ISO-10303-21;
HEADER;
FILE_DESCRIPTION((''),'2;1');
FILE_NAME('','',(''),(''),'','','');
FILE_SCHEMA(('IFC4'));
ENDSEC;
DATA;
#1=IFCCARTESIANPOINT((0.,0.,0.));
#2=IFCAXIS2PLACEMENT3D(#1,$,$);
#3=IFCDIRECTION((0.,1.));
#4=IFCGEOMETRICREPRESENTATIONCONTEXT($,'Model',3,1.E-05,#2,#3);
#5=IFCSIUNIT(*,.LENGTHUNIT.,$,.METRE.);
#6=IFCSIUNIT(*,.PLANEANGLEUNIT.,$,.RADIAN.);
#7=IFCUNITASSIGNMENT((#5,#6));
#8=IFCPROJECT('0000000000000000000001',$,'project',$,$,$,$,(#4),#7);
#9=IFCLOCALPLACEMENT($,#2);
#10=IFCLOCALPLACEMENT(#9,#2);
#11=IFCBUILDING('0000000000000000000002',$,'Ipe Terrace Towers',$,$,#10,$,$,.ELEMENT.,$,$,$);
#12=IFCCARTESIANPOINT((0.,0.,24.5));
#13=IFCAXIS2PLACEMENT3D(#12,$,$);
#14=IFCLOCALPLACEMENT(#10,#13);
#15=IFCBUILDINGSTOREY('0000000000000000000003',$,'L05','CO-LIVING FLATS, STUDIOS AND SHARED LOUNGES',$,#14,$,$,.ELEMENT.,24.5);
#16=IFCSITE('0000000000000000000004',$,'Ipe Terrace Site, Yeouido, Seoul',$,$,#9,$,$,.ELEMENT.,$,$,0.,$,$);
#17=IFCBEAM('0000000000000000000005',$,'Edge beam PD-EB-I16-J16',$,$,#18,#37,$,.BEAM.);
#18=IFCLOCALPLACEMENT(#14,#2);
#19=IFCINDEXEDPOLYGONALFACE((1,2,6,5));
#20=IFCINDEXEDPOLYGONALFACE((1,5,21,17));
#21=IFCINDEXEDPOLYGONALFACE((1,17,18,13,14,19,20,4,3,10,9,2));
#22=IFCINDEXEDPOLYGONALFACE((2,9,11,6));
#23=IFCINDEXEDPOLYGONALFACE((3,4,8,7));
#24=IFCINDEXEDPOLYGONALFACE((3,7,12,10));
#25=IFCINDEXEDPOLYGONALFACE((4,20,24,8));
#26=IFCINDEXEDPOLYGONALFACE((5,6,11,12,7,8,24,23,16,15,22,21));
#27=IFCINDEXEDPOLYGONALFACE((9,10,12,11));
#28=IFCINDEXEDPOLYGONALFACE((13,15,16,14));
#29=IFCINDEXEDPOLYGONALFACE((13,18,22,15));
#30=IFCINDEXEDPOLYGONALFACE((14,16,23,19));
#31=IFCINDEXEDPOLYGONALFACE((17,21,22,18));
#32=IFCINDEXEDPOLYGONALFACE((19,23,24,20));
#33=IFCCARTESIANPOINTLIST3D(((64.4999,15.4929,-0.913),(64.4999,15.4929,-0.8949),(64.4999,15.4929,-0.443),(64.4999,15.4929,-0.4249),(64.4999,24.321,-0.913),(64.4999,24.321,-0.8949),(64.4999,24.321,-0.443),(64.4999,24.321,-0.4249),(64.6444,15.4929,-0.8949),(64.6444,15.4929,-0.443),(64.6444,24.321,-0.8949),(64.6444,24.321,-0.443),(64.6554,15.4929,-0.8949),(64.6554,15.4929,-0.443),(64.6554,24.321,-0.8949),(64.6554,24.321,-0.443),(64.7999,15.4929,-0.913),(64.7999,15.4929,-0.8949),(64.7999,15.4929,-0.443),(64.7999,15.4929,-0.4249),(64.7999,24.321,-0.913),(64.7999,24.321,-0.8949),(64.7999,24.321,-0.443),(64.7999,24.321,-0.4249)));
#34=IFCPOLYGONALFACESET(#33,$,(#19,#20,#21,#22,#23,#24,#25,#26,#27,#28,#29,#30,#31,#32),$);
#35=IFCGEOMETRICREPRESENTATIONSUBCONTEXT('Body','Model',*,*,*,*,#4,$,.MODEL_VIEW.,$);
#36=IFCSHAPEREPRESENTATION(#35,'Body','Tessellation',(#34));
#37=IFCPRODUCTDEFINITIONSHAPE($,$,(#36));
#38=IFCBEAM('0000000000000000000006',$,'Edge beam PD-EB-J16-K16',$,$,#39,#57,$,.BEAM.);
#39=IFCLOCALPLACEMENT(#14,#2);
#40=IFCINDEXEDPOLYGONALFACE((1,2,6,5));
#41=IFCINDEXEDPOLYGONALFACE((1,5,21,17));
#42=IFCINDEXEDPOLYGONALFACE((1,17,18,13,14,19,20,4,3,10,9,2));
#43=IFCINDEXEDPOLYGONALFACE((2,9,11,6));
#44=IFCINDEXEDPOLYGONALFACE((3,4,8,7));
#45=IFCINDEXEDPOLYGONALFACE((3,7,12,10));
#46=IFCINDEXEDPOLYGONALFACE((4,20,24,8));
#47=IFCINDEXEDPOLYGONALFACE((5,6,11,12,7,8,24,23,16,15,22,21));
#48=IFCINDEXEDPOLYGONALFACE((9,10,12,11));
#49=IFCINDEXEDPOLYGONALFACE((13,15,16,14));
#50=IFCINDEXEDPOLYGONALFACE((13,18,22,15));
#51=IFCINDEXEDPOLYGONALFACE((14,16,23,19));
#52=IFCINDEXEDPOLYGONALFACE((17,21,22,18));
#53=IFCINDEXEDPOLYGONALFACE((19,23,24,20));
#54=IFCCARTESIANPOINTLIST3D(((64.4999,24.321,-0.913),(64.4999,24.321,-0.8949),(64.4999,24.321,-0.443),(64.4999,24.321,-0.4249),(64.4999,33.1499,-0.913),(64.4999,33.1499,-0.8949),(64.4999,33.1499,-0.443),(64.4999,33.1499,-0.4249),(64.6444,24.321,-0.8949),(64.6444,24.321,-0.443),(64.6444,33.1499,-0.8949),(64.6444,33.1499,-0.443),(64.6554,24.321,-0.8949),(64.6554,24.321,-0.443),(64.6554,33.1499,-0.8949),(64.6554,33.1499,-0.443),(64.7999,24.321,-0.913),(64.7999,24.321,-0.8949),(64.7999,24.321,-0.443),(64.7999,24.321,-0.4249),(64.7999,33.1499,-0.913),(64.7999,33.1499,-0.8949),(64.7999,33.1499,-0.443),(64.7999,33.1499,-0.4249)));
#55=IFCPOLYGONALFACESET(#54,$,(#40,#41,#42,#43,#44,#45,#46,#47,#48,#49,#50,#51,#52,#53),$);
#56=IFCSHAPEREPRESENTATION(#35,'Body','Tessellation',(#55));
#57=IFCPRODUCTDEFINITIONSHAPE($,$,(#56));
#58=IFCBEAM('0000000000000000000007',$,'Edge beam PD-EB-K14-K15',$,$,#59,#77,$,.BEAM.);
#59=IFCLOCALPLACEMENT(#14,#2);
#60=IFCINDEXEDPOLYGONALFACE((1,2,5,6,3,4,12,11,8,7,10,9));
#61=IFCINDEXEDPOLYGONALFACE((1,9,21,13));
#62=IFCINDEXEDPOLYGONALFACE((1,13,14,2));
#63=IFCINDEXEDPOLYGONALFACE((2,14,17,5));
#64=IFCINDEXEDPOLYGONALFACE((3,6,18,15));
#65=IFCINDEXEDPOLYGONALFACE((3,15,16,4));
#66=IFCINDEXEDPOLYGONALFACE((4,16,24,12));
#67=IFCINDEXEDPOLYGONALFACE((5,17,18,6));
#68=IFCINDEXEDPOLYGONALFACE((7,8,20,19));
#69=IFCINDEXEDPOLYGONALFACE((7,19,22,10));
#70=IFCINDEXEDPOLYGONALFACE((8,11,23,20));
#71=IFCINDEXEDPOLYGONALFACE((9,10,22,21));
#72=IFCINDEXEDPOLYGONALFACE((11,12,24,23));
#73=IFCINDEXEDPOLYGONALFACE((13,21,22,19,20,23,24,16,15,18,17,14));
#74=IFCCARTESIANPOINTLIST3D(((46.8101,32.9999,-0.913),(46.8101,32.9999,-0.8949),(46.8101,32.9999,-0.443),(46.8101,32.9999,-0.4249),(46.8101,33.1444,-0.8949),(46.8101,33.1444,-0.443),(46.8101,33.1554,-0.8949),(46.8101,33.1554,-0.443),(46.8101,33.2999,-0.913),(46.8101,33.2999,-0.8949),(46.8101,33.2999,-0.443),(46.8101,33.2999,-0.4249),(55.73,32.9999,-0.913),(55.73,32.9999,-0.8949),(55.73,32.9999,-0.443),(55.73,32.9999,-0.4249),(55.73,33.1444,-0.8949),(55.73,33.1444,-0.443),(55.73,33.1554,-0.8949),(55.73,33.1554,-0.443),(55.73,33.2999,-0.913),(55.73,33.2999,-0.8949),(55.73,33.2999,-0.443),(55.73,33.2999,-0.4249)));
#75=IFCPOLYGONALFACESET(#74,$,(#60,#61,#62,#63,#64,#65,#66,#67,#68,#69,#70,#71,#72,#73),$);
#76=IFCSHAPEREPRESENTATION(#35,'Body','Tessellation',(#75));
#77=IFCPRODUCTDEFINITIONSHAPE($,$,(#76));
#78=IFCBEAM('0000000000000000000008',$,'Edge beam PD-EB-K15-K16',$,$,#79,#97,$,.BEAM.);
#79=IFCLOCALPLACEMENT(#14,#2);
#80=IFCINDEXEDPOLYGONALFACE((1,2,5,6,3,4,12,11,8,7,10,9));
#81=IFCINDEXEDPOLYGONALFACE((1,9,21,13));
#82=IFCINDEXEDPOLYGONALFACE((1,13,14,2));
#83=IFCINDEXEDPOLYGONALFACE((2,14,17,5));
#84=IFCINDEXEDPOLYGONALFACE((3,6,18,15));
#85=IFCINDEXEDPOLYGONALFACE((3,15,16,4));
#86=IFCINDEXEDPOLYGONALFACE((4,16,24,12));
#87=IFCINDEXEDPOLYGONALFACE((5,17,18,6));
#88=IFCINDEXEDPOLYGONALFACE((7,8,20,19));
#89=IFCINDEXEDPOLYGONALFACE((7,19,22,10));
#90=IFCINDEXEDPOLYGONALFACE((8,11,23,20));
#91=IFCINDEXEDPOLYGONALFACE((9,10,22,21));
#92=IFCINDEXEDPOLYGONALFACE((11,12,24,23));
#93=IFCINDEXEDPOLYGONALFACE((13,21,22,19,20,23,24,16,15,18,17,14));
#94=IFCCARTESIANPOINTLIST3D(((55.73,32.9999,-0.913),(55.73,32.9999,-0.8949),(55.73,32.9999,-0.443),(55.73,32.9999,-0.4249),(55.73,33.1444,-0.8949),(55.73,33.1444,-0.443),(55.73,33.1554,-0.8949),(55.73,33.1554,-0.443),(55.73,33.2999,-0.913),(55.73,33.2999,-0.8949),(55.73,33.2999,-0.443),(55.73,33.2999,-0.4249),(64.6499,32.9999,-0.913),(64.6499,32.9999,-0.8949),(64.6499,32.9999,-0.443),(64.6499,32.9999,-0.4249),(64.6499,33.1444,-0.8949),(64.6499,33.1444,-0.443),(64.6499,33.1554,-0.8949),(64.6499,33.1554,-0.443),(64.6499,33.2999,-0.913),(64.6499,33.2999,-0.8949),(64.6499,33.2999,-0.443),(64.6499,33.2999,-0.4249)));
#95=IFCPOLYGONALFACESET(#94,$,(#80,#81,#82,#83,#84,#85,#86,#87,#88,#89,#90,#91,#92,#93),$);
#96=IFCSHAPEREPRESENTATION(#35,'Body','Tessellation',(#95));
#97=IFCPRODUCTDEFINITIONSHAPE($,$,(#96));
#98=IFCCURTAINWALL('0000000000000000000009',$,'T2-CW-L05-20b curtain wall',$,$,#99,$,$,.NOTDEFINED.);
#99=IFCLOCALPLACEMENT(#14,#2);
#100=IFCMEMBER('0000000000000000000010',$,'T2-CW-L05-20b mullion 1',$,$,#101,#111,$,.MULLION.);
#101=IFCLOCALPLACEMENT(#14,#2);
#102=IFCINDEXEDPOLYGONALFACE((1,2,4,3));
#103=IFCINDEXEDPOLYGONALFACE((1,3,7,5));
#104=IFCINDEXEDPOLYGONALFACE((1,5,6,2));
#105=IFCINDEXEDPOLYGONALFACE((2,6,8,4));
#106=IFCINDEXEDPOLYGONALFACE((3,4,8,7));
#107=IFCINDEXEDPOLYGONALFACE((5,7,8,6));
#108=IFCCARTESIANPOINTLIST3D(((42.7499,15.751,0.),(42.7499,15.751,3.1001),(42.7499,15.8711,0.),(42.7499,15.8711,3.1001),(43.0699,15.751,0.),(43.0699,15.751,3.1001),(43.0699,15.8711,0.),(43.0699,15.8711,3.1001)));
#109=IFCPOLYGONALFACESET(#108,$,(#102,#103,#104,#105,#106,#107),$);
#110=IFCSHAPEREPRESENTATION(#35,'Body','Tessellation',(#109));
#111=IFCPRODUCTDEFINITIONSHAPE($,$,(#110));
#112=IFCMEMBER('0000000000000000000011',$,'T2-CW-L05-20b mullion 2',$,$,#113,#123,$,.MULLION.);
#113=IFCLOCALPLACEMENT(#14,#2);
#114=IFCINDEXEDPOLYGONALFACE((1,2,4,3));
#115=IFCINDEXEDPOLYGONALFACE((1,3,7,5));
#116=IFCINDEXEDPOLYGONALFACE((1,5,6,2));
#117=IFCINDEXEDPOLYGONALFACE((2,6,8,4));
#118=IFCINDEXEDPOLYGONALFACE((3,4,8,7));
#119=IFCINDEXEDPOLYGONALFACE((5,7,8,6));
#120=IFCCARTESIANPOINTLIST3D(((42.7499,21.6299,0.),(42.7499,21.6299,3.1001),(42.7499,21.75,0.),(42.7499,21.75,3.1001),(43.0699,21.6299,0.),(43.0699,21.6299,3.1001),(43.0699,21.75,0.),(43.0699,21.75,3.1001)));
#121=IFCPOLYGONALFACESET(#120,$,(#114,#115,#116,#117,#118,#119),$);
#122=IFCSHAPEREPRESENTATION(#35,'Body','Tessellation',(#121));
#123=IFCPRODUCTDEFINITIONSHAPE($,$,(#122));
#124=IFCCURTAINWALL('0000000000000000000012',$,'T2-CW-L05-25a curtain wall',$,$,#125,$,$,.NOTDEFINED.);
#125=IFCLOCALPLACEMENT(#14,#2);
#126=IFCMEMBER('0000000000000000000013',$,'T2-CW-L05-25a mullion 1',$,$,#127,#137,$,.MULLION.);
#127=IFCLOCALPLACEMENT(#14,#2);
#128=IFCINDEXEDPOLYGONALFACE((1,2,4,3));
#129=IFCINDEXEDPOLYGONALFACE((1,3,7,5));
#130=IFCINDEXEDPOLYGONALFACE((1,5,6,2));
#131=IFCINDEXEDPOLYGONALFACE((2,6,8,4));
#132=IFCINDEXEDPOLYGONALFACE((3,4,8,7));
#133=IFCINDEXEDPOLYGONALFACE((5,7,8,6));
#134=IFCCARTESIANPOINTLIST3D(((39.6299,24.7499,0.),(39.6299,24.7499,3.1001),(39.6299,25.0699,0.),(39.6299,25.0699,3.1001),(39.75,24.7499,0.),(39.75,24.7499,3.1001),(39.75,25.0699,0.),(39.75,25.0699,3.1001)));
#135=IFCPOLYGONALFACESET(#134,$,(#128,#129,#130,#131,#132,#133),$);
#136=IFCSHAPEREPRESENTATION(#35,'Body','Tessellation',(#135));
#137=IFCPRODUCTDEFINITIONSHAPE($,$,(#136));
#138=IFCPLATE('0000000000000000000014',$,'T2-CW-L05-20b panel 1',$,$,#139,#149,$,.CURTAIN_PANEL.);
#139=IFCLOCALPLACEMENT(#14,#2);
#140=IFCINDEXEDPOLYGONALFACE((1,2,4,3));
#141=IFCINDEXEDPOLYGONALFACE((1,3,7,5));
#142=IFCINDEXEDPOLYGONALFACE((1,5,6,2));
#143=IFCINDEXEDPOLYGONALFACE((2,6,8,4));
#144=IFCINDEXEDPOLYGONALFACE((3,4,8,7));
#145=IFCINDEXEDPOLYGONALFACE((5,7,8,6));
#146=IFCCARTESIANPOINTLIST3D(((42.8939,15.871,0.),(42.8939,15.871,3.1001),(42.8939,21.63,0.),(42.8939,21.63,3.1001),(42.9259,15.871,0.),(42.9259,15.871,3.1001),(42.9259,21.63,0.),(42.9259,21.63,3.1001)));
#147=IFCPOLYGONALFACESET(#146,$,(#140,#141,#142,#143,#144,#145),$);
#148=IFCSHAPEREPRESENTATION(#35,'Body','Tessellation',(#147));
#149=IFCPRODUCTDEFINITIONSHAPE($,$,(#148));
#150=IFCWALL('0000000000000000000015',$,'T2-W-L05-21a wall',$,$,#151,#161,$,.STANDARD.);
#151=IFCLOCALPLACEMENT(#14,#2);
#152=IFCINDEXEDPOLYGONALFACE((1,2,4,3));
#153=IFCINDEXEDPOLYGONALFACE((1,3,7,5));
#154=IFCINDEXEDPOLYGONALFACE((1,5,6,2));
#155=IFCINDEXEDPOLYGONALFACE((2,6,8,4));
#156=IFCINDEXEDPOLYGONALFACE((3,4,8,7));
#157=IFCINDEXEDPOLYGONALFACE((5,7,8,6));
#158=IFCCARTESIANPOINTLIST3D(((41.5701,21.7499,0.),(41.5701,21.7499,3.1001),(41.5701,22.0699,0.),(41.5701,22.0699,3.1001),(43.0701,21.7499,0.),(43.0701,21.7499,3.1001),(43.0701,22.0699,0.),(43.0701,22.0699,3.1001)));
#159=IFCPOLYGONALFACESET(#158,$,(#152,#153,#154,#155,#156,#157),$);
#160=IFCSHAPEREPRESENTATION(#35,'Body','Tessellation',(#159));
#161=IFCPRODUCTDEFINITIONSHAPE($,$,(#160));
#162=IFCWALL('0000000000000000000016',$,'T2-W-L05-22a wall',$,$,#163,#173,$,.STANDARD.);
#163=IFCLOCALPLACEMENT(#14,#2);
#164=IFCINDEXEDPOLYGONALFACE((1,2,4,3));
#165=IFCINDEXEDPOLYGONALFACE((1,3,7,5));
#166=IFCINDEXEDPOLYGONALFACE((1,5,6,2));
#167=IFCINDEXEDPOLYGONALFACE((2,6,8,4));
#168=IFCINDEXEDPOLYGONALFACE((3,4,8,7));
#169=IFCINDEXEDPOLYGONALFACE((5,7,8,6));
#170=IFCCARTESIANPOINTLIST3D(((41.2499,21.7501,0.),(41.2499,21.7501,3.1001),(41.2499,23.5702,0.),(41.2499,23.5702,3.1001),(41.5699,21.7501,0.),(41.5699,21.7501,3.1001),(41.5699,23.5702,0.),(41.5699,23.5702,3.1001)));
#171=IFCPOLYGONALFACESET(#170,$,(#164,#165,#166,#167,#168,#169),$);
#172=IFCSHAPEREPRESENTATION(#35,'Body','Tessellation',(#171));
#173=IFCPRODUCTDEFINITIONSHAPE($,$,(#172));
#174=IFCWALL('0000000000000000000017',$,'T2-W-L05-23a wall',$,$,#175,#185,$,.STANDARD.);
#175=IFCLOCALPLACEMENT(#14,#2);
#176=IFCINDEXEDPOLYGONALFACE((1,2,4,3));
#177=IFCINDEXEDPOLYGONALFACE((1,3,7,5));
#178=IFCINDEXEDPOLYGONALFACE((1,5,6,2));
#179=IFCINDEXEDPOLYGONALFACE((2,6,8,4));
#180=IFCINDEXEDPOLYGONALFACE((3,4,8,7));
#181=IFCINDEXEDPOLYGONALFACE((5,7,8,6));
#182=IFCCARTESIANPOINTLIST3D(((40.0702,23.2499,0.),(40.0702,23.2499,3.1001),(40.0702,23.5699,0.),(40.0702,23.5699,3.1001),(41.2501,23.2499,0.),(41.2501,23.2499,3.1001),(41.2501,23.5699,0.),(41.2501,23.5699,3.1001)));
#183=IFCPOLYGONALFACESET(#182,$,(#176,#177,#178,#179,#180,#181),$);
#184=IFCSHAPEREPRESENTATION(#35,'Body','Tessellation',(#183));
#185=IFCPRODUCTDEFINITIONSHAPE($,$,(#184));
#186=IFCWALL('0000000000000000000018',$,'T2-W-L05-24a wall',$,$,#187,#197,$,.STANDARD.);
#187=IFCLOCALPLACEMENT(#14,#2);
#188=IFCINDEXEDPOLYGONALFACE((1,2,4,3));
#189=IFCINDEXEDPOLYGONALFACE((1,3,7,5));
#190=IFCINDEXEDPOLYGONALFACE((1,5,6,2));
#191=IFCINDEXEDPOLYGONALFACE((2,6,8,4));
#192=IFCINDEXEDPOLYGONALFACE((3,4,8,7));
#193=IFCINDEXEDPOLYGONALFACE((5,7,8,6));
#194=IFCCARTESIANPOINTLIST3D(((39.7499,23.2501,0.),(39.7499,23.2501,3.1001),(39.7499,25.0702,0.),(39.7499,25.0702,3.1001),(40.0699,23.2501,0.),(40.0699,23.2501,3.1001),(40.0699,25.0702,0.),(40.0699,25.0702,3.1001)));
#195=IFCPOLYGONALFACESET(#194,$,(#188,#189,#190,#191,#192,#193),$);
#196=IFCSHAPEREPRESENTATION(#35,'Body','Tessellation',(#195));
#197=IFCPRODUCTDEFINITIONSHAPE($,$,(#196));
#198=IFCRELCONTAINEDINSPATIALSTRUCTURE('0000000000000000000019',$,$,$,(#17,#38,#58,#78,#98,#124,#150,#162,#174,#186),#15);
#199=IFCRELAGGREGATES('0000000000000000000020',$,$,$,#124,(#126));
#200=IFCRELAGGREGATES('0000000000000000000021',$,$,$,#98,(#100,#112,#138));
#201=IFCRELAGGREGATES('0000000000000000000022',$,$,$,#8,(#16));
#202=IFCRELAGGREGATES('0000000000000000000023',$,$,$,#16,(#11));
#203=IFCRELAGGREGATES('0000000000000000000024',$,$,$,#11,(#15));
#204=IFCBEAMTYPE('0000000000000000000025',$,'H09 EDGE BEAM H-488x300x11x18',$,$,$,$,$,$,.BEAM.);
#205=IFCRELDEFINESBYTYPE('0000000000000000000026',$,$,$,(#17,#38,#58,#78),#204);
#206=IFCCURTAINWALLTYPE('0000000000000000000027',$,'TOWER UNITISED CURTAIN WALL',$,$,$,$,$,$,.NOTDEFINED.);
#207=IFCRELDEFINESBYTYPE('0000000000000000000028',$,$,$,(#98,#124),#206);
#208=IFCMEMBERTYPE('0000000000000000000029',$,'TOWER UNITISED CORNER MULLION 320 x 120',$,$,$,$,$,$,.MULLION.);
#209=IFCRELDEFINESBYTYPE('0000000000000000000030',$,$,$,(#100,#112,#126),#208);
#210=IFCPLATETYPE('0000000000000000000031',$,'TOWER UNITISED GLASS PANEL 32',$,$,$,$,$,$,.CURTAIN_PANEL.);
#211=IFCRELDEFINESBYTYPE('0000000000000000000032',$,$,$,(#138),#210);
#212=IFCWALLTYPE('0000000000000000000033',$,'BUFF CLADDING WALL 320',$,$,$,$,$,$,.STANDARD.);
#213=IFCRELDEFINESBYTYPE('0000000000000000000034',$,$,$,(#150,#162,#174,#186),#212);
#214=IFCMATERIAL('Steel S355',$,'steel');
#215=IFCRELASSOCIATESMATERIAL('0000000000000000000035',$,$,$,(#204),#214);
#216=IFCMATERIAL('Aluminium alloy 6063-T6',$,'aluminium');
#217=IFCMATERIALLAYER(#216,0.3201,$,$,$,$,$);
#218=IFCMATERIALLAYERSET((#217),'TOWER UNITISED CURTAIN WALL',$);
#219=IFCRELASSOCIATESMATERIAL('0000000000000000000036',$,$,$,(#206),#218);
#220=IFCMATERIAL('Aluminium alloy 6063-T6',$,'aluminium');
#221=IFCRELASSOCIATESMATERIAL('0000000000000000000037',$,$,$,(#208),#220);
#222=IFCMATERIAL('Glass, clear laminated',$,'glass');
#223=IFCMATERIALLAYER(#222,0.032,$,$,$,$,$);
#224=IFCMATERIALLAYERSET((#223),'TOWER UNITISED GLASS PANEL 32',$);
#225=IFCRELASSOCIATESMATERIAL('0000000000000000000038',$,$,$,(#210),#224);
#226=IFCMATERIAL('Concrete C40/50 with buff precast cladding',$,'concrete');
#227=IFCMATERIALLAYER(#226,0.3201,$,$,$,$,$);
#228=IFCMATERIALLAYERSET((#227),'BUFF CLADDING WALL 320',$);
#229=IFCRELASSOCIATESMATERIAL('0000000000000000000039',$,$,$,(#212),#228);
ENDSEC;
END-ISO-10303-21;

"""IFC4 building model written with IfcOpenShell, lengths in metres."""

from ifc_helpers import new_model, si_unit, direction, frame, frame_2d, origin, origin_2d, place, context, subcontext, project, spatial, rectangle, i_section, extrude, material, layer, layer_set, material_profile, profile_set, type_object, element, aggregate, save


model = new_model("IFC4")

# Units and contexts
model_context = context("Model", 3, precision=1e-05, world=origin(), true_north=direction((0.0, 1.0)))
body_context = subcontext(model_context, "Body", "Model", "MODEL_VIEW")
ifc_project = project(units=[si_unit("LENGTHUNIT", "METRE"), si_unit("PLANEANGLEUNIT", "RADIAN")], contexts=[model_context])

# Site, building, storey
site_placement = place(None, origin())
site = spatial("IfcSite", under=ifc_project, at=site_placement, Name="Ipe Terrace Site, Yeouido, Seoul", CompositionType="ELEMENT", RefElevation=0.0)
building_placement = place(site_placement, origin())
building = spatial("IfcBuilding", under=site, at=building_placement, Name="Ipe Terrace Towers", CompositionType="ELEMENT")
storey_placement = place(building_placement, frame((0.0, 0.0, 24.5)))
storey = spatial("IfcBuildingStorey", under=building, at=storey_placement, Name="L05", Description="CO-LIVING FLATS, STUDIOS AND SHARED LOUNGES", CompositionType="ELEMENT", Elevation=24.5)

# Beams
ifc_material_1 = material(Name="Steel S355", Category="steel")
ifc_material_profile_1 = material_profile(ifc_material_1, i_section(OverallWidth=0.3, OverallDepth=0.488, WebThickness=0.011, FlangeThickness=0.0181, at=origin_2d()), Name="H-488x300x11x18")
ifc_profile_set_1 = profile_set([ifc_material_profile_1], Name="Steel S355")
beam_type_1 = type_object("IfcBeamType", Name="H09 EDGE BEAM H-488x300x11x18", PredefinedType="BEAM", material=ifc_profile_set_1)
beam_1_placement = place(storey_placement, frame((64.6499, 15.4929, -0.6689), z_axis=(0.0, 1.0, 0.0), x_axis=(-1.0, 0.0, 0.0)))
element("IfcBeam", 1, at=beam_1_placement, inside=storey, type_object=beam_type_1, Name="Edge beam PD-EB-I16-J16", PredefinedType="BEAM", context=body_context, shape_type="SweptSolid", body=[
    extrude(i_section(OverallWidth=0.3, OverallDepth=0.488, WebThickness=0.011, FlangeThickness=0.0181, at=origin_2d()), origin(), (0.0, 0.0, 1.0), 8.8281),
])
beam_2_placement = place(storey_placement, frame((64.6499, 24.321, -0.6689), z_axis=(0.0, 1.0, 0.0), x_axis=(-1.0, 0.0, 0.0)))
element("IfcBeam", 2, at=beam_2_placement, inside=storey, type_object=beam_type_1, Name="Edge beam PD-EB-J16-K16", PredefinedType="BEAM", context=body_context, shape_type="SweptSolid", body=[
    extrude(i_section(OverallWidth=0.3, OverallDepth=0.488, WebThickness=0.011, FlangeThickness=0.0181, at=origin_2d()), origin(), (0.0, 0.0, 1.0), 8.8289),
])
for number, where, z_axis, x_axis, name in (
    (3, (46.8101, 33.1499, -0.6689), (1.0, 0.0, 0.0), (0.0, 1.0, 0.0), "Edge beam PD-EB-K14-K15"),
    (4, (55.73, 33.1499, -0.6689), (1.0, 0.0, 0.0), (0.0, 1.0, 0.0), "Edge beam PD-EB-K15-K16"),
):
    element("IfcBeam", number, at=place(storey_placement, frame(where, z_axis=z_axis, x_axis=x_axis)), inside=storey, type_object=beam_type_1, Name=name, PredefinedType="BEAM", context=body_context, shape_type="SweptSolid", body=[
        extrude(i_section(OverallWidth=0.3, OverallDepth=0.488, WebThickness=0.011, FlangeThickness=0.0181, at=origin_2d()), origin(), (0.0, 0.0, 1.0), 8.9199),
    ])

# Curtain wall, members
ifc_material_2 = material(Name="Aluminium alloy 6063-T6", Category="aluminium")
ifc_layer_1 = layer(ifc_material_2, 0.3201)
ifc_layer_set_1 = layer_set([ifc_layer_1], Name="TOWER UNITISED CURTAIN WALL")
curtain_wall_type = type_object("IfcCurtainWallType", Name="TOWER UNITISED CURTAIN WALL", PredefinedType="NOTDEFINED", material=ifc_layer_set_1)
curtain_wall_1_placement = place(storey_placement, origin())
curtain_wall_1 = element("IfcCurtainWall", 5, at=curtain_wall_1_placement, inside=storey, type_object=curtain_wall_type, Name="T2-CW-L05-20b curtain wall", PredefinedType="NOTDEFINED")
ifc_material_3 = material(Name="Aluminium alloy 6063-T6", Category="aluminium")
ifc_material_profile_2 = material_profile(ifc_material_3, rectangle(XDim=0.3201, YDim=0.1201, at=origin_2d()), Name="TOWER UNITISED CORNER MULLION 320 x 120")
ifc_profile_set_2 = profile_set([ifc_material_profile_2], Name="Aluminium alloy 6063-T6")
member_type = type_object("IfcMemberType", Name="TOWER UNITISED CORNER MULLION 320 x 120", PredefinedType="MULLION", material=ifc_profile_set_2)
member_1_placement = place(storey_placement, frame((42.9099, 15.811, 0.0), z_axis=(0.0, 0.0, 1.0), x_axis=(1.0, 0.0, 0.0)))
member_1 = element("IfcMember", 6, at=member_1_placement, type_object=member_type, Name="T2-CW-L05-20b mullion 1", PredefinedType="MULLION", context=body_context, shape_type="SweptSolid", body=[
    extrude(rectangle(XDim=0.3201, YDim=0.1201, at=origin_2d()), origin(), (0.0, 0.0, 1.0), 3.1001),
])
member_2_placement = place(storey_placement, frame((42.9099, 21.6899, 0.0), z_axis=(0.0, 0.0, 1.0), x_axis=(1.0, 0.0, 0.0)))
member_2 = element("IfcMember", 7, at=member_2_placement, type_object=member_type, Name="T2-CW-L05-20b mullion 2", PredefinedType="MULLION", context=body_context, shape_type="SweptSolid", body=[
    extrude(rectangle(XDim=0.3201, YDim=0.1201, at=origin_2d()), origin(), (0.0, 0.0, 1.0), 3.1001),
])

# Curtain wall, member
curtain_wall_2_placement = place(storey_placement, origin())
curtain_wall_2 = element("IfcCurtainWall", 8, at=curtain_wall_2_placement, inside=storey, type_object=curtain_wall_type, Name="T2-CW-L05-25a curtain wall", PredefinedType="NOTDEFINED")
member_3_placement = place(storey_placement, frame((39.6899, 24.9099, 0.0), z_axis=(0.0, 0.0, 1.0), x_axis=(0.0, 1.0, 0.0)))
member_3 = element("IfcMember", 9, at=member_3_placement, type_object=member_type, Name="T2-CW-L05-25a mullion 1", PredefinedType="MULLION", context=body_context, shape_type="SweptSolid", body=[
    extrude(rectangle(XDim=0.3201, YDim=0.1201, at=origin_2d()), origin(), (0.0, 0.0, 1.0), 3.1001),
])
aggregate(curtain_wall_2, [member_3])

# Plate
ifc_material_4 = material(Name="Glass, clear laminated", Category="glass")
ifc_layer_2 = layer(ifc_material_4, 0.032)
ifc_layer_set_2 = layer_set([ifc_layer_2], Name="TOWER UNITISED GLASS PANEL 32")
plate_type = type_object("IfcPlateType", Name="TOWER UNITISED GLASS PANEL 32", PredefinedType="CURTAIN_PANEL", material=ifc_layer_set_2)
plate_placement = place(storey_placement, frame((42.9099, 18.7505, 0.0), z_axis=(0.0, 0.0, 1.0), x_axis=(0.0, 1.0, 0.0)))
plate = element("IfcPlate", 10, at=plate_placement, type_object=plate_type, Name="T2-CW-L05-20b panel 1", PredefinedType="CURTAIN_PANEL", context=body_context, shape_type="SweptSolid", body=[
    extrude(rectangle(XDim=5.759, YDim=0.032, at=origin_2d()), origin(), (0.0, 0.0, 1.0), 3.1001),
])
aggregate(curtain_wall_1, [member_1, member_2, plate])

# Walls
ifc_material_5 = material(Name="Concrete C40/50 with buff precast cladding", Category="concrete")
ifc_layer_3 = layer(ifc_material_5, 0.3201)
ifc_layer_set_3 = layer_set([ifc_layer_3], Name="BUFF CLADDING WALL 320")
wall_type_1 = type_object("IfcWallType", Name="BUFF CLADDING WALL 320", PredefinedType="STANDARD", material=ifc_layer_set_3)
wall_1_placement = place(storey_placement, frame((43.0701, 21.9099, 0.0), z_axis=(0.0, 0.0, 1.0), x_axis=(-1.0, 0.0, 0.0)))
element("IfcWall", 11, at=wall_1_placement, inside=storey, type_object=wall_type_1, Name="T2-W-L05-21a wall", PredefinedType="STANDARD", context=body_context, shape_type="SweptSolid", body=[
    extrude(rectangle(XDim=1.5, YDim=0.3201, at=frame_2d((0.75, 0.0))), origin(), (0.0, 0.0, 1.0), 3.1001),
])
wall_2_placement = place(storey_placement, frame((41.4099, 21.75, 0.0), z_axis=(0.0, 0.0, 1.0), x_axis=(0.0, 1.0, 0.0)))
element("IfcWall", 12, at=wall_2_placement, inside=storey, type_object=wall_type_1, Name="T2-W-L05-22a wall", PredefinedType="STANDARD", context=body_context, shape_type="SweptSolid", body=[
    extrude(rectangle(XDim=1.8201, YDim=0.3201, at=frame_2d((0.9102, 0.0))), origin(), (0.0, 0.0, 1.0), 3.1001),
])
wall_3_placement = place(storey_placement, frame((41.25, 23.4099, 0.0), z_axis=(0.0, 0.0, 1.0), x_axis=(-1.0, 0.0, 0.0)))
element("IfcWall", 13, at=wall_3_placement, inside=storey, type_object=wall_type_1, Name="T2-W-L05-23a wall", PredefinedType="STANDARD", context=body_context, shape_type="SweptSolid", body=[
    extrude(rectangle(XDim=1.1799, YDim=0.3201, at=frame_2d((0.5898, 0.0))), origin(), (0.0, 0.0, 1.0), 3.1001),
])
wall_4_placement = place(storey_placement, frame((39.9099, 23.25, 0.0), z_axis=(0.0, 0.0, 1.0), x_axis=(0.0, 1.0, 0.0)))
element("IfcWall", 14, at=wall_4_placement, inside=storey, type_object=wall_type_1, Name="T2-W-L05-24a wall", PredefinedType="STANDARD", context=body_context, shape_type="SweptSolid", body=[
    extrude(rectangle(XDim=1.8201, YDim=0.3201, at=frame_2d((0.9102, 0.0))), origin(), (0.0, 0.0, 1.0), 3.1001),
])

save(model, "model.ifc")
